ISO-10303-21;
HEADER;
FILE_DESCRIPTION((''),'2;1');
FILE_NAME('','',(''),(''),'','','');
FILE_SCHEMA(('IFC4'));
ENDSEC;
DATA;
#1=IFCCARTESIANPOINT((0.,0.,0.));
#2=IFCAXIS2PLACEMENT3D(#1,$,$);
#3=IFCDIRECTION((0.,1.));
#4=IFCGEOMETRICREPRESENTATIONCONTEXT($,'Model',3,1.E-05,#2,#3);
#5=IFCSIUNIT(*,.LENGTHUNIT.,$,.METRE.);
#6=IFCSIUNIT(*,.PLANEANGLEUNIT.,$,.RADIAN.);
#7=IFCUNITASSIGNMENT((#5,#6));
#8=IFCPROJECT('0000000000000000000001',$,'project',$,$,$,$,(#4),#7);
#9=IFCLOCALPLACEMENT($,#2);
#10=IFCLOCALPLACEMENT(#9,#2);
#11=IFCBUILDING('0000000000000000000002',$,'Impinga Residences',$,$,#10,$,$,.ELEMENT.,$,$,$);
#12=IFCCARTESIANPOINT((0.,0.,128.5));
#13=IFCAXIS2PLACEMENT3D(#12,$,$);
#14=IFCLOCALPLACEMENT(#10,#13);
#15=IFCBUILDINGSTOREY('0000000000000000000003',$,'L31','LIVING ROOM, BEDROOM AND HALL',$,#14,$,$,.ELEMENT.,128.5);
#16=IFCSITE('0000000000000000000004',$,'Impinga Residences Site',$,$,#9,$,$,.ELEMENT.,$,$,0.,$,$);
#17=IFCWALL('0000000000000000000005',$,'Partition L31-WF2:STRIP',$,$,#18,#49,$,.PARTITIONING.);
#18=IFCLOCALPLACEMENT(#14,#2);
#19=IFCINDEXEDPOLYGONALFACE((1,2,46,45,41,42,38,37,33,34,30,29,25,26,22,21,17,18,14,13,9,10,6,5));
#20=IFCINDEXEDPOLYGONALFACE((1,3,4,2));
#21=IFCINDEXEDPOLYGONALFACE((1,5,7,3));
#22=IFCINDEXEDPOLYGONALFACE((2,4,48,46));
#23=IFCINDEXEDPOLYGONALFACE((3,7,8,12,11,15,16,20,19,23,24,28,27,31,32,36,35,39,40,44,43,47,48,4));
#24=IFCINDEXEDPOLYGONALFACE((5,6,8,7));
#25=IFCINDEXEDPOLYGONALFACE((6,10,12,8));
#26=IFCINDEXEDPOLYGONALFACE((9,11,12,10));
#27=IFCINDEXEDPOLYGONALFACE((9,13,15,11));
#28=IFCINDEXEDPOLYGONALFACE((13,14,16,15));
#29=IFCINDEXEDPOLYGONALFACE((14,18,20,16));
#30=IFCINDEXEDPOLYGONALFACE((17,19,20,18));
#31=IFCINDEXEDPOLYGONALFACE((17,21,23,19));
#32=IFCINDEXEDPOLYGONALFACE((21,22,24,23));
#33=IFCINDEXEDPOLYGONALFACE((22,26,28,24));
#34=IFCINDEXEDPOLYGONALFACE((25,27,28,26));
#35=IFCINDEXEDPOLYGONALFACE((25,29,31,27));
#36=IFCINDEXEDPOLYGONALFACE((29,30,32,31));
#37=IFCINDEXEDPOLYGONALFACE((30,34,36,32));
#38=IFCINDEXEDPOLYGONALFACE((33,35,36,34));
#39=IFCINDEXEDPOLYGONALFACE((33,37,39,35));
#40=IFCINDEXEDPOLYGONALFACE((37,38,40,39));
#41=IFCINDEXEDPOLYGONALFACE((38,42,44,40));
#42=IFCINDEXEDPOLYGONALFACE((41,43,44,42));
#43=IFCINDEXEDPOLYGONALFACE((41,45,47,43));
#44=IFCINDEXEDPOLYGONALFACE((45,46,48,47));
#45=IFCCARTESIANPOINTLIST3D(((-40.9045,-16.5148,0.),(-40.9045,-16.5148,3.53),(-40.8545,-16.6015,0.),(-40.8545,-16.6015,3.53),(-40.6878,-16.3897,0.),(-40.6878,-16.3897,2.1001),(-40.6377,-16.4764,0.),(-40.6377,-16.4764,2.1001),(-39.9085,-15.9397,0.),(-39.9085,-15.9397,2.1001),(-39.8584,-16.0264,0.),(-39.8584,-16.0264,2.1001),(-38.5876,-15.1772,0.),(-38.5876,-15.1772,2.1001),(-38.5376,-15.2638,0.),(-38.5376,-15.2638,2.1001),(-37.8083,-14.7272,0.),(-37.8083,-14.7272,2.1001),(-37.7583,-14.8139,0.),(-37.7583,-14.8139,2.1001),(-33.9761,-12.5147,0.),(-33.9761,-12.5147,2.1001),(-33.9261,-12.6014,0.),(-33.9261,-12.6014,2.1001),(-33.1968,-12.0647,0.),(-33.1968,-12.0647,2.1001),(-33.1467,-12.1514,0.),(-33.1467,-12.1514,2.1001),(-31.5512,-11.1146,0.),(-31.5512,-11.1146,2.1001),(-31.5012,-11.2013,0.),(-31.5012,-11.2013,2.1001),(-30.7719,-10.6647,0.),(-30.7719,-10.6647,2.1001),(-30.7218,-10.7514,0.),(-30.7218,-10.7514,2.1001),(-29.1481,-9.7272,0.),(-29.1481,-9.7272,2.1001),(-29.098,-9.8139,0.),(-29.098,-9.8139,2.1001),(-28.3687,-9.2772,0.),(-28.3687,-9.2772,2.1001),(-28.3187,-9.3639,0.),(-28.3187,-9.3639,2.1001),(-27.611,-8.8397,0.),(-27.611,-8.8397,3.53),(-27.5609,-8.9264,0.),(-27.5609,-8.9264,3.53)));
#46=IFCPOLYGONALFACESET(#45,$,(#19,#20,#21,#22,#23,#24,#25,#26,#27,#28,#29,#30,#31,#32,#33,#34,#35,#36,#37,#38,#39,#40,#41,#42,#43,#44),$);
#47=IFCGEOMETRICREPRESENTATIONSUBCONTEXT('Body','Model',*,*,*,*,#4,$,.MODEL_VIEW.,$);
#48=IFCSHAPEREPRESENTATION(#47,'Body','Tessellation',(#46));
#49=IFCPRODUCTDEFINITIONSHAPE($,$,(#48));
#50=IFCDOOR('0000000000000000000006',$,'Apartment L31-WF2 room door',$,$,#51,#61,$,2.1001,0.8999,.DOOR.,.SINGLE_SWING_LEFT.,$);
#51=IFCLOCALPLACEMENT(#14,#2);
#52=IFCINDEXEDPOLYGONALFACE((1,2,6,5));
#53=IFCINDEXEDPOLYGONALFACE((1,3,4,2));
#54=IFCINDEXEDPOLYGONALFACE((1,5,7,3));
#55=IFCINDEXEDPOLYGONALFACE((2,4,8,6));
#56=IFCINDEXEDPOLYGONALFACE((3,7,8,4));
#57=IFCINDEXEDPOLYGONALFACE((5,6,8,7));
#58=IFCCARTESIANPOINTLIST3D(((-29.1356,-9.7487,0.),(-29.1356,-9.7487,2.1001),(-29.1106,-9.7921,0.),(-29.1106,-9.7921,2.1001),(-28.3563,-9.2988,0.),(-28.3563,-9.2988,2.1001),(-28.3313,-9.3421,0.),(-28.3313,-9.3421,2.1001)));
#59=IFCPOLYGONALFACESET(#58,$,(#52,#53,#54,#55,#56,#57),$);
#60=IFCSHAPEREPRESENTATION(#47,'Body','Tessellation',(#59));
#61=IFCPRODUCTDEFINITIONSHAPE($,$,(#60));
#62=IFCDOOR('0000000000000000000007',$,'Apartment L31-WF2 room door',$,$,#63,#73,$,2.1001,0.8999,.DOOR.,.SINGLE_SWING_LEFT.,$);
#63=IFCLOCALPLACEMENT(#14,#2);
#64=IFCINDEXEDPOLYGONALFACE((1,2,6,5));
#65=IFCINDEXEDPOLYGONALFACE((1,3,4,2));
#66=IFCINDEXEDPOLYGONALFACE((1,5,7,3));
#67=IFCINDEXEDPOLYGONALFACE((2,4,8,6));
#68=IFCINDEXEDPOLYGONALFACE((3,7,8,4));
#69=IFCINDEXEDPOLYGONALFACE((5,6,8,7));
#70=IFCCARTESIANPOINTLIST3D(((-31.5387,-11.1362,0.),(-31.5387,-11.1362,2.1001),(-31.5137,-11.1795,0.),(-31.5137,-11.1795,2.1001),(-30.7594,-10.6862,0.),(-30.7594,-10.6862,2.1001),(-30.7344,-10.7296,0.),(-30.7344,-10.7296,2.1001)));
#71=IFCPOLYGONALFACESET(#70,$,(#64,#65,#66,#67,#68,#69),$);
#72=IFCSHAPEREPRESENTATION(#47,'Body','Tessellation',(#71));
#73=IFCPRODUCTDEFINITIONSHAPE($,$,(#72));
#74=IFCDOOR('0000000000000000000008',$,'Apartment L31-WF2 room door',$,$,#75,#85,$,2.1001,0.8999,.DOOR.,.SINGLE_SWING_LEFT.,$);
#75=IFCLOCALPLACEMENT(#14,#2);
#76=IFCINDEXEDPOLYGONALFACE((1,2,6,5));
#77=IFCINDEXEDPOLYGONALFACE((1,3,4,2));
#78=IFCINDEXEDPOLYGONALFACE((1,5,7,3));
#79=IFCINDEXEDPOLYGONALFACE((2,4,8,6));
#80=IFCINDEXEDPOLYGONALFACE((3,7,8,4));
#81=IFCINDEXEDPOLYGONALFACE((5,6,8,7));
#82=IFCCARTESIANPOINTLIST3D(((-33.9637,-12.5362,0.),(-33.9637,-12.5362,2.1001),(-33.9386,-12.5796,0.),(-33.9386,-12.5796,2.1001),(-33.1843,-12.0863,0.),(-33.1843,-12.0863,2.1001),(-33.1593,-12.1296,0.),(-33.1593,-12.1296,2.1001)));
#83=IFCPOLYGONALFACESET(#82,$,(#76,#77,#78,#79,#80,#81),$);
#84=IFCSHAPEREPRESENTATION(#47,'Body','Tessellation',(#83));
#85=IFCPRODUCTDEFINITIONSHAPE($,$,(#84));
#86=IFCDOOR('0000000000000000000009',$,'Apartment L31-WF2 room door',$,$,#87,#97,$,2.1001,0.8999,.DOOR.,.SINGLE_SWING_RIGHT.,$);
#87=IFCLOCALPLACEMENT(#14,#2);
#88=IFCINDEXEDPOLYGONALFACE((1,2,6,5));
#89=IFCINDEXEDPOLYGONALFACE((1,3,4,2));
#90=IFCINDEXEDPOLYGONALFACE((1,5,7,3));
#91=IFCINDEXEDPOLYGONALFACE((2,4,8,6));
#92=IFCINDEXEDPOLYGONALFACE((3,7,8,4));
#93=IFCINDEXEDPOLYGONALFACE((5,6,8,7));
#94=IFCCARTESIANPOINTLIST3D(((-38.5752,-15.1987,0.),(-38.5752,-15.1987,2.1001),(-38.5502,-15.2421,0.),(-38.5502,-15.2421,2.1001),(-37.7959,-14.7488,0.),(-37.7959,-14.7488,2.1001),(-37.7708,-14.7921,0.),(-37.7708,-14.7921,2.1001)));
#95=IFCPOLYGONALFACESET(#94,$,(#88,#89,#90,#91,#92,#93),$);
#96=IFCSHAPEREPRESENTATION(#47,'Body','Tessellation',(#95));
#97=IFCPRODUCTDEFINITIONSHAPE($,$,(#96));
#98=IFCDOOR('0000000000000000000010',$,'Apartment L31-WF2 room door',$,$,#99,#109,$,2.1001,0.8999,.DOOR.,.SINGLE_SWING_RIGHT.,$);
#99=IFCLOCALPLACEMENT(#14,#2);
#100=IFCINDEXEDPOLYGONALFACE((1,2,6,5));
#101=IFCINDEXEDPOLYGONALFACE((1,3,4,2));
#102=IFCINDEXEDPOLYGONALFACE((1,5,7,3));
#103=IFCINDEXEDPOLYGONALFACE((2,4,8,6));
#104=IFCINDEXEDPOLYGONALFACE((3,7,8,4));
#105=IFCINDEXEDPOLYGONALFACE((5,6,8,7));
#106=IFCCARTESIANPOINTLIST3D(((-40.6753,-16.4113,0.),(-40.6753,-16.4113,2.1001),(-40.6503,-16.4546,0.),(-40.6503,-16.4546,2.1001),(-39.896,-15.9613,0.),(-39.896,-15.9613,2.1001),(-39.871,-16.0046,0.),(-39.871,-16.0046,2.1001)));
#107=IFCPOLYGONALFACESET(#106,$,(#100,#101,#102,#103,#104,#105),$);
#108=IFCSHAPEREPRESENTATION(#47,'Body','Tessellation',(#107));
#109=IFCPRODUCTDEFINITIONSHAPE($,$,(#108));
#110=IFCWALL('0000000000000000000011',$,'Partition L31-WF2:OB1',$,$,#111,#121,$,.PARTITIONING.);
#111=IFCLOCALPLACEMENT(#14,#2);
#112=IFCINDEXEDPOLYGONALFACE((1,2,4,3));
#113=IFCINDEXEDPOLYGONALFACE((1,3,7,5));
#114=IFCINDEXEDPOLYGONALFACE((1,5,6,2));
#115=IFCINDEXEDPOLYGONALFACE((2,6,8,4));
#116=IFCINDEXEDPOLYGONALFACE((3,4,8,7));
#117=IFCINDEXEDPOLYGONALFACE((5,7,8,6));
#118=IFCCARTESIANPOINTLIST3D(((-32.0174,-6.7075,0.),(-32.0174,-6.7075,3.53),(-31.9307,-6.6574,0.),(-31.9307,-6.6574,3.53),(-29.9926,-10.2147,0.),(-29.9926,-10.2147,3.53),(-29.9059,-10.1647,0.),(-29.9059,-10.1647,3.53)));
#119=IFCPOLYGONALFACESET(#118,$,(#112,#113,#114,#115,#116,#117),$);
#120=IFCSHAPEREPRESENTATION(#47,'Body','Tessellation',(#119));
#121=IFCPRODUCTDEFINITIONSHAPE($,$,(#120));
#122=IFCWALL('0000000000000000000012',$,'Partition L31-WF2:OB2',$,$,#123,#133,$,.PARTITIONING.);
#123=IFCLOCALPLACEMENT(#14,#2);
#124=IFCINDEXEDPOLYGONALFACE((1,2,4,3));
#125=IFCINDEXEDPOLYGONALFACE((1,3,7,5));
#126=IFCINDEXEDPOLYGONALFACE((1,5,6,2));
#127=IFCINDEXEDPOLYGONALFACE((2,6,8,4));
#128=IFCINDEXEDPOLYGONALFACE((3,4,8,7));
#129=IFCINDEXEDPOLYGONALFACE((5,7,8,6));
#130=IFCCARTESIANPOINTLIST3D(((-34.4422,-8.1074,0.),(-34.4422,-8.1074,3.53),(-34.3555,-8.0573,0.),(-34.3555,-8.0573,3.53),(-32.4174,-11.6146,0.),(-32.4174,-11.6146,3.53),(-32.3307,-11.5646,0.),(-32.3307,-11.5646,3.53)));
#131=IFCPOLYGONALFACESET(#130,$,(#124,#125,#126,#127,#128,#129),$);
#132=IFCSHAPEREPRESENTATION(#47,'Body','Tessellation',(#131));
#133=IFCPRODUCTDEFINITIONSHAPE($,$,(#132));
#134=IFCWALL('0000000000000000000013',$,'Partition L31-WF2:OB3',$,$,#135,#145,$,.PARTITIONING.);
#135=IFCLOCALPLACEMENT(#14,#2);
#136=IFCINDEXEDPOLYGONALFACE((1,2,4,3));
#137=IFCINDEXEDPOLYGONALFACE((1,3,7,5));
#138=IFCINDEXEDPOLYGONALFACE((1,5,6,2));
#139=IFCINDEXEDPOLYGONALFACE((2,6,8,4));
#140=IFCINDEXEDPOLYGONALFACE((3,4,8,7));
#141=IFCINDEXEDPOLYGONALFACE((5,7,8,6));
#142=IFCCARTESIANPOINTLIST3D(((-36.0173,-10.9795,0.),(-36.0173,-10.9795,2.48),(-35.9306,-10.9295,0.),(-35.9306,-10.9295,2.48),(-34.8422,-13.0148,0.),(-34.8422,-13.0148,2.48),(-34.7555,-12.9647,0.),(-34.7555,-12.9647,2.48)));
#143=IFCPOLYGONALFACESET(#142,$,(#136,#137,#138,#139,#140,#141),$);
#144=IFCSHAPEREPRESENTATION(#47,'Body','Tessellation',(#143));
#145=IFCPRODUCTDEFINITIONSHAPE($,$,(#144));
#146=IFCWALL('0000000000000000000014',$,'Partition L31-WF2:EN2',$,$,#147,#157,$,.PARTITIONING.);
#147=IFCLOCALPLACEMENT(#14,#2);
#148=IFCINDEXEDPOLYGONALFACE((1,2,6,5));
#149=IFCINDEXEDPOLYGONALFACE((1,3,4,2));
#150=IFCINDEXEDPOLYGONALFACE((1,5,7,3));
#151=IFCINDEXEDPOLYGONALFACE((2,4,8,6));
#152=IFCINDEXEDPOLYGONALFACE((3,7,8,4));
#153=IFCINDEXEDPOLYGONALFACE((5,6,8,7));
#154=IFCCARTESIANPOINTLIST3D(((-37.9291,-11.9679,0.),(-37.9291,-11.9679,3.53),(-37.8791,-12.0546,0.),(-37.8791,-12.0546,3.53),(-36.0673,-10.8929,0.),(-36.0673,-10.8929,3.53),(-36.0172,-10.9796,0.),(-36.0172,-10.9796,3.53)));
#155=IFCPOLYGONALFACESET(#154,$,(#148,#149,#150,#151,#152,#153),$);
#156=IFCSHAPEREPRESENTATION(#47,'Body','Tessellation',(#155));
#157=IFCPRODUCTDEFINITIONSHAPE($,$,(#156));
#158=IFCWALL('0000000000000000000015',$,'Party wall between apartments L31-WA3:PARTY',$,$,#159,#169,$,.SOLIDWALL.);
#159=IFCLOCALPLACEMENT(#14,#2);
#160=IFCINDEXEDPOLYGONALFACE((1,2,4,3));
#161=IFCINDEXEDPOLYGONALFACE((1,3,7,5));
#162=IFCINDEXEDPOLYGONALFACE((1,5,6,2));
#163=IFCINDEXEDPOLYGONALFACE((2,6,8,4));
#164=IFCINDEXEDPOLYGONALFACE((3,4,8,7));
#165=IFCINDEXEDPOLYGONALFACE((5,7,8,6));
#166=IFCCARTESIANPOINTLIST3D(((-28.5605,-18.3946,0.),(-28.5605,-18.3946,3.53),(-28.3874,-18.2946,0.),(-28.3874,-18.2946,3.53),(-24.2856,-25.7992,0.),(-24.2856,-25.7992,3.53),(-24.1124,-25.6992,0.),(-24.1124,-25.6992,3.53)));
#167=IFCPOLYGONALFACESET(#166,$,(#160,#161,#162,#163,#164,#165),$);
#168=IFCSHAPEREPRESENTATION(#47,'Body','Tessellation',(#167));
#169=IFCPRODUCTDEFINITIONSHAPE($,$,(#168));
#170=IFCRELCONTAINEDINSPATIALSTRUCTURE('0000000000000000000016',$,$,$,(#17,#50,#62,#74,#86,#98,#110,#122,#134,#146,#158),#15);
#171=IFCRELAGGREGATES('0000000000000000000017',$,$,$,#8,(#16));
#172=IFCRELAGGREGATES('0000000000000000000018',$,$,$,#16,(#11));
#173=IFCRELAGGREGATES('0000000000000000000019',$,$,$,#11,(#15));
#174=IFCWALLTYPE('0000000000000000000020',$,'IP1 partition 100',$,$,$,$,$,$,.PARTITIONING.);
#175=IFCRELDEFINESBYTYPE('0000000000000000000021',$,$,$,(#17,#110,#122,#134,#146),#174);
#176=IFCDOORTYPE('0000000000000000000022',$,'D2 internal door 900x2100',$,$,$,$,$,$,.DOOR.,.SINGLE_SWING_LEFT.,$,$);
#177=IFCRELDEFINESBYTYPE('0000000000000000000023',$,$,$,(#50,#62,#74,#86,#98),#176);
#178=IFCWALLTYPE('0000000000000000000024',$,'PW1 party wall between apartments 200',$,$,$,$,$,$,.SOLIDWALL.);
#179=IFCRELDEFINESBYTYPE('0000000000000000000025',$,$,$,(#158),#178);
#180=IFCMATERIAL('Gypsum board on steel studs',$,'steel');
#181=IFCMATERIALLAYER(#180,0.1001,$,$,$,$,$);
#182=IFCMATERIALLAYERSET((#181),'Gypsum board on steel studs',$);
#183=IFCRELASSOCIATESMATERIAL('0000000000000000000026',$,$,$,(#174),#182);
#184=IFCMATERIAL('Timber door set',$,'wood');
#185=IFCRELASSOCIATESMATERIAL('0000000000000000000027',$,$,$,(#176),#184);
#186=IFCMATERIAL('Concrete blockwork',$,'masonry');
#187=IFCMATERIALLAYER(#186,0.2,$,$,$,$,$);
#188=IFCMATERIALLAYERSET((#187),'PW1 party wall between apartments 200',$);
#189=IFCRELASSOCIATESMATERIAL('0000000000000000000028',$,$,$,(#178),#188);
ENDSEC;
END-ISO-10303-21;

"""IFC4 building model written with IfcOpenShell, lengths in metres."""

from ifc_helpers import new_model, si_unit, direction, frame, frame_2d, origin, place, context, subcontext, project, spatial, rectangle, extrude, material, layer, layer_set, type_object, element, fill, save


model = new_model("IFC4")

# Units and contexts
model_context = context("Model", 3, precision=1e-05, world=origin(), true_north=direction((0.0, 1.0)))
body_context = subcontext(model_context, "Body", "Model", "MODEL_VIEW")
ifc_project = project(units=[si_unit("LENGTHUNIT", "METRE"), si_unit("PLANEANGLEUNIT", "RADIAN")], contexts=[model_context])

# Site, building, storey
site_placement = place(None, origin())
site = spatial("IfcSite", under=ifc_project, at=site_placement, Name="Impinga Residences Site", CompositionType="ELEMENT", RefElevation=0.0)
building_placement = place(site_placement, origin())
building = spatial("IfcBuilding", under=site, at=building_placement, Name="Impinga Residences", CompositionType="ELEMENT")
storey_placement = place(building_placement, frame((0.0, 0.0, 128.5)))
storey = spatial("IfcBuildingStorey", under=building, at=storey_placement, Name="L31", Description="LIVING ROOM, BEDROOM AND HALL", CompositionType="ELEMENT", Elevation=128.5)

# Shared definitions
ifc_material_1 = material(Name="Gypsum board on steel studs", Category="steel")
ifc_layer_1 = layer(ifc_material_1, 0.1001)
ifc_layer_set_1 = layer_set([ifc_layer_1], Name="Gypsum board on steel studs")
wall_type_1 = type_object("IfcWallType", Name="IP1 partition 100", PredefinedType="PARTITIONING", material=ifc_layer_set_1)
ifc_material_2 = material(Name="Timber door set", Category="wood")
door_type = type_object("IfcDoorType", Name="D2 internal door 900x2100", OperationType="SINGLE_SWING_LEFT", PredefinedType="DOOR", material=ifc_material_2)

# Wall, openings, doors
wall_1_placement = place(storey_placement, frame((-27.5859, -8.8831, 0.0), z_axis=(0.0, 0.0, 1.0), x_axis=(-0.866023, -0.500003, 0.0)))
wall_1 = element("IfcWall", 1, at=wall_1_placement, inside=storey, type_object=wall_type_1, Name="Partition L31-WF2:STRIP", PredefinedType="PARTITIONING", context=body_context, shape_type="SweptSolid", body=[
    extrude(rectangle(XDim=15.3501, YDim=0.1001, at=frame_2d((7.675, 0.0))), origin(), (0.0, 0.0, 1.0), 3.53),
])
opening_1_placement = place(wall_1_placement, frame((0.875, 0.0, 0.0)))
opening_1 = element("IfcOpeningElement", 2, at=opening_1_placement, cuts=wall_1, PredefinedType="OPENING", context=body_context, shape_type="SweptSolid", body=[
    extrude(rectangle(XDim=0.8999, YDim=2.1001, at=frame_2d((0.45, 1.05))), frame((0.0, 0.0601, 0.0), z_axis=(0.0, -1.0, 0.0), x_axis=(1.0, 0.0, 0.0)), (0.0, 0.0, 1.0), 0.1201),
])
opening_2_placement = place(wall_1_placement, frame((3.6499, 0.0, 0.0)))
opening_2 = element("IfcOpeningElement", 3, at=opening_2_placement, cuts=wall_1, PredefinedType="OPENING", context=body_context, shape_type="SweptSolid", body=[
    extrude(rectangle(XDim=0.8999, YDim=2.1001, at=frame_2d((0.45, 1.05))), frame((0.0, 0.0601, 0.0), z_axis=(0.0, -1.0, 0.0), x_axis=(1.0, 0.0, 0.0)), (0.0, 0.0, 1.0), 0.1201),
])
opening_3_placement = place(wall_1_placement, frame((6.45, 0.0, 0.0)))
opening_3 = element("IfcOpeningElement", 4, at=opening_3_placement, cuts=wall_1, PredefinedType="OPENING", context=body_context, shape_type="SweptSolid", body=[
    extrude(rectangle(XDim=0.8999, YDim=2.1001, at=frame_2d((0.45, 1.05))), frame((0.0, 0.0601, 0.0), z_axis=(0.0, -1.0, 0.0), x_axis=(1.0, 0.0, 0.0)), (0.0, 0.0, 1.0), 0.1201),
])
opening_4_placement = place(wall_1_placement, frame((11.7749, 0.0, 0.0)))
opening_4 = element("IfcOpeningElement", 5, at=opening_4_placement, cuts=wall_1, PredefinedType="OPENING", context=body_context, shape_type="SweptSolid", body=[
    extrude(rectangle(XDim=0.8999, YDim=2.1001, at=frame_2d((0.45, 1.05))), frame((0.0, 0.0601, 0.0), z_axis=(0.0, -1.0, 0.0), x_axis=(1.0, 0.0, 0.0)), (0.0, 0.0, 1.0), 0.1201),
])
opening_5_placement = place(wall_1_placement, frame((14.2, 0.0, 0.0)))
opening_5 = element("IfcOpeningElement", 6, at=opening_5_placement, cuts=wall_1, PredefinedType="OPENING", context=body_context, shape_type="SweptSolid", body=[
    extrude(rectangle(XDim=0.8999, YDim=2.1001, at=frame_2d((0.45, 1.05))), frame((0.0, 0.0601, 0.0), z_axis=(0.0, -1.0, 0.0), x_axis=(1.0, 0.0, 0.0)), (0.0, 0.0, 1.0), 0.1201),
])
door_1_placement = place(opening_1_placement, origin())
door_1 = element("IfcDoor", 7, at=door_1_placement, inside=storey, type_object=door_type, Name="Apartment L31-WF2 room door", OperationType="SINGLE_SWING_LEFT", OverallHeight=2.1001, OverallWidth=0.8999, PredefinedType="DOOR", context=body_context, shape_type="SweptSolid", body=[
    extrude(rectangle(XDim=0.8999, YDim=2.1001, at=frame_2d((0.45, 1.05))), frame((0.0, 0.0249, 0.0), z_axis=(0.0, -1.0, 0.0), x_axis=(1.0, 0.0, 0.0)), (0.0, 0.0, 1.0), 0.05),
])
fill(opening_1, door_1)
door_2_placement = place(opening_2_placement, origin())
door_2 = element("IfcDoor", 8, at=door_2_placement, inside=storey, type_object=door_type, Name="Apartment L31-WF2 room door", OperationType="SINGLE_SWING_LEFT", OverallHeight=2.1001, OverallWidth=0.8999, PredefinedType="DOOR", context=body_context, shape_type="SweptSolid", body=[
    extrude(rectangle(XDim=0.8999, YDim=2.1001, at=frame_2d((0.45, 1.05))), frame((0.0, 0.0249, 0.0), z_axis=(0.0, -1.0, 0.0), x_axis=(1.0, 0.0, 0.0)), (0.0, 0.0, 1.0), 0.05),
])
fill(opening_2, door_2)
door_3_placement = place(opening_3_placement, origin())
door_3 = element("IfcDoor", 9, at=door_3_placement, inside=storey, type_object=door_type, Name="Apartment L31-WF2 room door", OperationType="SINGLE_SWING_LEFT", OverallHeight=2.1001, OverallWidth=0.8999, PredefinedType="DOOR", context=body_context, shape_type="SweptSolid", body=[
    extrude(rectangle(XDim=0.8999, YDim=2.1001, at=frame_2d((0.45, 1.05))), frame((0.0, 0.0249, 0.0), z_axis=(0.0, -1.0, 0.0), x_axis=(1.0, 0.0, 0.0)), (0.0, 0.0, 1.0), 0.05),
])
fill(opening_3, door_3)
door_4_placement = place(opening_4_placement, origin())
door_4 = element("IfcDoor", 10, at=door_4_placement, inside=storey, type_object=door_type, Name="Apartment L31-WF2 room door", OperationType="SINGLE_SWING_RIGHT", OverallHeight=2.1001, OverallWidth=0.8999, PredefinedType="DOOR", context=body_context, shape_type="SweptSolid", body=[
    extrude(rectangle(XDim=0.8999, YDim=2.1001, at=frame_2d((0.45, 1.05))), frame((0.0, 0.0249, 0.0), z_axis=(0.0, -1.0, 0.0), x_axis=(1.0, 0.0, 0.0)), (0.0, 0.0, 1.0), 0.05),
])
fill(opening_4, door_4)
door_5_placement = place(opening_5_placement, origin())
door_5 = element("IfcDoor", 11, at=door_5_placement, inside=storey, type_object=door_type, Name="Apartment L31-WF2 room door", OperationType="SINGLE_SWING_RIGHT", OverallHeight=2.1001, OverallWidth=0.8999, PredefinedType="DOOR", context=body_context, shape_type="SweptSolid", body=[
    extrude(rectangle(XDim=0.8999, YDim=2.1001, at=frame_2d((0.45, 1.05))), frame((0.0, 0.0249, 0.0), z_axis=(0.0, -1.0, 0.0), x_axis=(1.0, 0.0, 0.0)), (0.0, 0.0, 1.0), 0.05),
])
fill(opening_5, door_5)

# Walls
for number, where, z_axis, x_axis, name in (
    (12, (-29.9492, -10.1897, 0.0), (0.0, 0.0, 1.0), (-0.49999, 0.866031, 0.0), "Partition L31-WF2:OB1"),
    (13, (-32.374, -11.5896, 0.0), (0.0, 0.0, 1.0), (-0.49999, 0.866031, 0.0), "Partition L31-WF2:OB2"),
):
    element("IfcWall", number, at=place(storey_placement, frame(where, z_axis=z_axis, x_axis=x_axis)), inside=storey, type_object=wall_type_1, Name=name, PredefinedType="PARTITIONING", context=body_context, shape_type="SweptSolid", body=[
        extrude(rectangle(XDim=4.0498, YDim=0.1001, at=frame_2d((2.0249, 0.0))), origin(), (0.0, 0.0, 1.0), 3.53),
    ])
wall_2_placement = place(storey_placement, frame((-34.7988, -12.9897, 0.0), z_axis=(0.0, 0.0, 1.0), x_axis=(-0.500016, 0.866016, 0.0)))
element("IfcWall", 14, at=wall_2_placement, inside=storey, type_object=wall_type_1, Name="Partition L31-WF2:OB3", PredefinedType="PARTITIONING", context=body_context, shape_type="SweptSolid", body=[
    extrude(rectangle(XDim=2.3501, YDim=0.1001, at=frame_2d((1.175, 0.0))), origin(), (0.0, 0.0, 1.0), 2.48),
])
wall_3_placement = place(storey_placement, frame((-36.0422, -10.9363, 0.0), z_axis=(0.0, 0.0, 1.0), x_axis=(-0.866019, -0.500011, 0.0)))
element("IfcWall", 15, at=wall_3_placement, inside=storey, type_object=wall_type_1, Name="Partition L31-WF2:EN2", PredefinedType="PARTITIONING", context=body_context, shape_type="SweptSolid", body=[
    extrude(rectangle(XDim=2.1499, YDim=0.1001, at=frame_2d((1.075, 0.0))), origin(), (0.0, 0.0, 1.0), 3.53),
])
ifc_material_3 = material(Name="Concrete blockwork", Category="masonry")
ifc_layer_2 = layer(ifc_material_3, 0.2)
ifc_layer_set_2 = layer_set([ifc_layer_2], Name="PW1 party wall between apartments 200")
wall_type_2 = type_object("IfcWallType", Name="PW1 party wall between apartments 200", PredefinedType="SOLIDWALL", material=ifc_layer_set_2)
wall_4_placement = place(storey_placement, frame((-28.4739, -18.3447, 0.0), z_axis=(0.0, 0.0, 1.0), x_axis=(0.49999, -0.866031, 0.0)))
element("IfcWall", 16, at=wall_4_placement, inside=storey, type_object=wall_type_2, Name="Party wall between apartments L31-WA3:PARTY", PredefinedType="SOLIDWALL", context=body_context, shape_type="SweptSolid", body=[
    extrude(rectangle(XDim=8.55, YDim=0.2, at=frame_2d((4.2749, 0.0))), origin(), (0.0, 0.0, 1.0), 3.53),
])

save(model, "model.ifc")
